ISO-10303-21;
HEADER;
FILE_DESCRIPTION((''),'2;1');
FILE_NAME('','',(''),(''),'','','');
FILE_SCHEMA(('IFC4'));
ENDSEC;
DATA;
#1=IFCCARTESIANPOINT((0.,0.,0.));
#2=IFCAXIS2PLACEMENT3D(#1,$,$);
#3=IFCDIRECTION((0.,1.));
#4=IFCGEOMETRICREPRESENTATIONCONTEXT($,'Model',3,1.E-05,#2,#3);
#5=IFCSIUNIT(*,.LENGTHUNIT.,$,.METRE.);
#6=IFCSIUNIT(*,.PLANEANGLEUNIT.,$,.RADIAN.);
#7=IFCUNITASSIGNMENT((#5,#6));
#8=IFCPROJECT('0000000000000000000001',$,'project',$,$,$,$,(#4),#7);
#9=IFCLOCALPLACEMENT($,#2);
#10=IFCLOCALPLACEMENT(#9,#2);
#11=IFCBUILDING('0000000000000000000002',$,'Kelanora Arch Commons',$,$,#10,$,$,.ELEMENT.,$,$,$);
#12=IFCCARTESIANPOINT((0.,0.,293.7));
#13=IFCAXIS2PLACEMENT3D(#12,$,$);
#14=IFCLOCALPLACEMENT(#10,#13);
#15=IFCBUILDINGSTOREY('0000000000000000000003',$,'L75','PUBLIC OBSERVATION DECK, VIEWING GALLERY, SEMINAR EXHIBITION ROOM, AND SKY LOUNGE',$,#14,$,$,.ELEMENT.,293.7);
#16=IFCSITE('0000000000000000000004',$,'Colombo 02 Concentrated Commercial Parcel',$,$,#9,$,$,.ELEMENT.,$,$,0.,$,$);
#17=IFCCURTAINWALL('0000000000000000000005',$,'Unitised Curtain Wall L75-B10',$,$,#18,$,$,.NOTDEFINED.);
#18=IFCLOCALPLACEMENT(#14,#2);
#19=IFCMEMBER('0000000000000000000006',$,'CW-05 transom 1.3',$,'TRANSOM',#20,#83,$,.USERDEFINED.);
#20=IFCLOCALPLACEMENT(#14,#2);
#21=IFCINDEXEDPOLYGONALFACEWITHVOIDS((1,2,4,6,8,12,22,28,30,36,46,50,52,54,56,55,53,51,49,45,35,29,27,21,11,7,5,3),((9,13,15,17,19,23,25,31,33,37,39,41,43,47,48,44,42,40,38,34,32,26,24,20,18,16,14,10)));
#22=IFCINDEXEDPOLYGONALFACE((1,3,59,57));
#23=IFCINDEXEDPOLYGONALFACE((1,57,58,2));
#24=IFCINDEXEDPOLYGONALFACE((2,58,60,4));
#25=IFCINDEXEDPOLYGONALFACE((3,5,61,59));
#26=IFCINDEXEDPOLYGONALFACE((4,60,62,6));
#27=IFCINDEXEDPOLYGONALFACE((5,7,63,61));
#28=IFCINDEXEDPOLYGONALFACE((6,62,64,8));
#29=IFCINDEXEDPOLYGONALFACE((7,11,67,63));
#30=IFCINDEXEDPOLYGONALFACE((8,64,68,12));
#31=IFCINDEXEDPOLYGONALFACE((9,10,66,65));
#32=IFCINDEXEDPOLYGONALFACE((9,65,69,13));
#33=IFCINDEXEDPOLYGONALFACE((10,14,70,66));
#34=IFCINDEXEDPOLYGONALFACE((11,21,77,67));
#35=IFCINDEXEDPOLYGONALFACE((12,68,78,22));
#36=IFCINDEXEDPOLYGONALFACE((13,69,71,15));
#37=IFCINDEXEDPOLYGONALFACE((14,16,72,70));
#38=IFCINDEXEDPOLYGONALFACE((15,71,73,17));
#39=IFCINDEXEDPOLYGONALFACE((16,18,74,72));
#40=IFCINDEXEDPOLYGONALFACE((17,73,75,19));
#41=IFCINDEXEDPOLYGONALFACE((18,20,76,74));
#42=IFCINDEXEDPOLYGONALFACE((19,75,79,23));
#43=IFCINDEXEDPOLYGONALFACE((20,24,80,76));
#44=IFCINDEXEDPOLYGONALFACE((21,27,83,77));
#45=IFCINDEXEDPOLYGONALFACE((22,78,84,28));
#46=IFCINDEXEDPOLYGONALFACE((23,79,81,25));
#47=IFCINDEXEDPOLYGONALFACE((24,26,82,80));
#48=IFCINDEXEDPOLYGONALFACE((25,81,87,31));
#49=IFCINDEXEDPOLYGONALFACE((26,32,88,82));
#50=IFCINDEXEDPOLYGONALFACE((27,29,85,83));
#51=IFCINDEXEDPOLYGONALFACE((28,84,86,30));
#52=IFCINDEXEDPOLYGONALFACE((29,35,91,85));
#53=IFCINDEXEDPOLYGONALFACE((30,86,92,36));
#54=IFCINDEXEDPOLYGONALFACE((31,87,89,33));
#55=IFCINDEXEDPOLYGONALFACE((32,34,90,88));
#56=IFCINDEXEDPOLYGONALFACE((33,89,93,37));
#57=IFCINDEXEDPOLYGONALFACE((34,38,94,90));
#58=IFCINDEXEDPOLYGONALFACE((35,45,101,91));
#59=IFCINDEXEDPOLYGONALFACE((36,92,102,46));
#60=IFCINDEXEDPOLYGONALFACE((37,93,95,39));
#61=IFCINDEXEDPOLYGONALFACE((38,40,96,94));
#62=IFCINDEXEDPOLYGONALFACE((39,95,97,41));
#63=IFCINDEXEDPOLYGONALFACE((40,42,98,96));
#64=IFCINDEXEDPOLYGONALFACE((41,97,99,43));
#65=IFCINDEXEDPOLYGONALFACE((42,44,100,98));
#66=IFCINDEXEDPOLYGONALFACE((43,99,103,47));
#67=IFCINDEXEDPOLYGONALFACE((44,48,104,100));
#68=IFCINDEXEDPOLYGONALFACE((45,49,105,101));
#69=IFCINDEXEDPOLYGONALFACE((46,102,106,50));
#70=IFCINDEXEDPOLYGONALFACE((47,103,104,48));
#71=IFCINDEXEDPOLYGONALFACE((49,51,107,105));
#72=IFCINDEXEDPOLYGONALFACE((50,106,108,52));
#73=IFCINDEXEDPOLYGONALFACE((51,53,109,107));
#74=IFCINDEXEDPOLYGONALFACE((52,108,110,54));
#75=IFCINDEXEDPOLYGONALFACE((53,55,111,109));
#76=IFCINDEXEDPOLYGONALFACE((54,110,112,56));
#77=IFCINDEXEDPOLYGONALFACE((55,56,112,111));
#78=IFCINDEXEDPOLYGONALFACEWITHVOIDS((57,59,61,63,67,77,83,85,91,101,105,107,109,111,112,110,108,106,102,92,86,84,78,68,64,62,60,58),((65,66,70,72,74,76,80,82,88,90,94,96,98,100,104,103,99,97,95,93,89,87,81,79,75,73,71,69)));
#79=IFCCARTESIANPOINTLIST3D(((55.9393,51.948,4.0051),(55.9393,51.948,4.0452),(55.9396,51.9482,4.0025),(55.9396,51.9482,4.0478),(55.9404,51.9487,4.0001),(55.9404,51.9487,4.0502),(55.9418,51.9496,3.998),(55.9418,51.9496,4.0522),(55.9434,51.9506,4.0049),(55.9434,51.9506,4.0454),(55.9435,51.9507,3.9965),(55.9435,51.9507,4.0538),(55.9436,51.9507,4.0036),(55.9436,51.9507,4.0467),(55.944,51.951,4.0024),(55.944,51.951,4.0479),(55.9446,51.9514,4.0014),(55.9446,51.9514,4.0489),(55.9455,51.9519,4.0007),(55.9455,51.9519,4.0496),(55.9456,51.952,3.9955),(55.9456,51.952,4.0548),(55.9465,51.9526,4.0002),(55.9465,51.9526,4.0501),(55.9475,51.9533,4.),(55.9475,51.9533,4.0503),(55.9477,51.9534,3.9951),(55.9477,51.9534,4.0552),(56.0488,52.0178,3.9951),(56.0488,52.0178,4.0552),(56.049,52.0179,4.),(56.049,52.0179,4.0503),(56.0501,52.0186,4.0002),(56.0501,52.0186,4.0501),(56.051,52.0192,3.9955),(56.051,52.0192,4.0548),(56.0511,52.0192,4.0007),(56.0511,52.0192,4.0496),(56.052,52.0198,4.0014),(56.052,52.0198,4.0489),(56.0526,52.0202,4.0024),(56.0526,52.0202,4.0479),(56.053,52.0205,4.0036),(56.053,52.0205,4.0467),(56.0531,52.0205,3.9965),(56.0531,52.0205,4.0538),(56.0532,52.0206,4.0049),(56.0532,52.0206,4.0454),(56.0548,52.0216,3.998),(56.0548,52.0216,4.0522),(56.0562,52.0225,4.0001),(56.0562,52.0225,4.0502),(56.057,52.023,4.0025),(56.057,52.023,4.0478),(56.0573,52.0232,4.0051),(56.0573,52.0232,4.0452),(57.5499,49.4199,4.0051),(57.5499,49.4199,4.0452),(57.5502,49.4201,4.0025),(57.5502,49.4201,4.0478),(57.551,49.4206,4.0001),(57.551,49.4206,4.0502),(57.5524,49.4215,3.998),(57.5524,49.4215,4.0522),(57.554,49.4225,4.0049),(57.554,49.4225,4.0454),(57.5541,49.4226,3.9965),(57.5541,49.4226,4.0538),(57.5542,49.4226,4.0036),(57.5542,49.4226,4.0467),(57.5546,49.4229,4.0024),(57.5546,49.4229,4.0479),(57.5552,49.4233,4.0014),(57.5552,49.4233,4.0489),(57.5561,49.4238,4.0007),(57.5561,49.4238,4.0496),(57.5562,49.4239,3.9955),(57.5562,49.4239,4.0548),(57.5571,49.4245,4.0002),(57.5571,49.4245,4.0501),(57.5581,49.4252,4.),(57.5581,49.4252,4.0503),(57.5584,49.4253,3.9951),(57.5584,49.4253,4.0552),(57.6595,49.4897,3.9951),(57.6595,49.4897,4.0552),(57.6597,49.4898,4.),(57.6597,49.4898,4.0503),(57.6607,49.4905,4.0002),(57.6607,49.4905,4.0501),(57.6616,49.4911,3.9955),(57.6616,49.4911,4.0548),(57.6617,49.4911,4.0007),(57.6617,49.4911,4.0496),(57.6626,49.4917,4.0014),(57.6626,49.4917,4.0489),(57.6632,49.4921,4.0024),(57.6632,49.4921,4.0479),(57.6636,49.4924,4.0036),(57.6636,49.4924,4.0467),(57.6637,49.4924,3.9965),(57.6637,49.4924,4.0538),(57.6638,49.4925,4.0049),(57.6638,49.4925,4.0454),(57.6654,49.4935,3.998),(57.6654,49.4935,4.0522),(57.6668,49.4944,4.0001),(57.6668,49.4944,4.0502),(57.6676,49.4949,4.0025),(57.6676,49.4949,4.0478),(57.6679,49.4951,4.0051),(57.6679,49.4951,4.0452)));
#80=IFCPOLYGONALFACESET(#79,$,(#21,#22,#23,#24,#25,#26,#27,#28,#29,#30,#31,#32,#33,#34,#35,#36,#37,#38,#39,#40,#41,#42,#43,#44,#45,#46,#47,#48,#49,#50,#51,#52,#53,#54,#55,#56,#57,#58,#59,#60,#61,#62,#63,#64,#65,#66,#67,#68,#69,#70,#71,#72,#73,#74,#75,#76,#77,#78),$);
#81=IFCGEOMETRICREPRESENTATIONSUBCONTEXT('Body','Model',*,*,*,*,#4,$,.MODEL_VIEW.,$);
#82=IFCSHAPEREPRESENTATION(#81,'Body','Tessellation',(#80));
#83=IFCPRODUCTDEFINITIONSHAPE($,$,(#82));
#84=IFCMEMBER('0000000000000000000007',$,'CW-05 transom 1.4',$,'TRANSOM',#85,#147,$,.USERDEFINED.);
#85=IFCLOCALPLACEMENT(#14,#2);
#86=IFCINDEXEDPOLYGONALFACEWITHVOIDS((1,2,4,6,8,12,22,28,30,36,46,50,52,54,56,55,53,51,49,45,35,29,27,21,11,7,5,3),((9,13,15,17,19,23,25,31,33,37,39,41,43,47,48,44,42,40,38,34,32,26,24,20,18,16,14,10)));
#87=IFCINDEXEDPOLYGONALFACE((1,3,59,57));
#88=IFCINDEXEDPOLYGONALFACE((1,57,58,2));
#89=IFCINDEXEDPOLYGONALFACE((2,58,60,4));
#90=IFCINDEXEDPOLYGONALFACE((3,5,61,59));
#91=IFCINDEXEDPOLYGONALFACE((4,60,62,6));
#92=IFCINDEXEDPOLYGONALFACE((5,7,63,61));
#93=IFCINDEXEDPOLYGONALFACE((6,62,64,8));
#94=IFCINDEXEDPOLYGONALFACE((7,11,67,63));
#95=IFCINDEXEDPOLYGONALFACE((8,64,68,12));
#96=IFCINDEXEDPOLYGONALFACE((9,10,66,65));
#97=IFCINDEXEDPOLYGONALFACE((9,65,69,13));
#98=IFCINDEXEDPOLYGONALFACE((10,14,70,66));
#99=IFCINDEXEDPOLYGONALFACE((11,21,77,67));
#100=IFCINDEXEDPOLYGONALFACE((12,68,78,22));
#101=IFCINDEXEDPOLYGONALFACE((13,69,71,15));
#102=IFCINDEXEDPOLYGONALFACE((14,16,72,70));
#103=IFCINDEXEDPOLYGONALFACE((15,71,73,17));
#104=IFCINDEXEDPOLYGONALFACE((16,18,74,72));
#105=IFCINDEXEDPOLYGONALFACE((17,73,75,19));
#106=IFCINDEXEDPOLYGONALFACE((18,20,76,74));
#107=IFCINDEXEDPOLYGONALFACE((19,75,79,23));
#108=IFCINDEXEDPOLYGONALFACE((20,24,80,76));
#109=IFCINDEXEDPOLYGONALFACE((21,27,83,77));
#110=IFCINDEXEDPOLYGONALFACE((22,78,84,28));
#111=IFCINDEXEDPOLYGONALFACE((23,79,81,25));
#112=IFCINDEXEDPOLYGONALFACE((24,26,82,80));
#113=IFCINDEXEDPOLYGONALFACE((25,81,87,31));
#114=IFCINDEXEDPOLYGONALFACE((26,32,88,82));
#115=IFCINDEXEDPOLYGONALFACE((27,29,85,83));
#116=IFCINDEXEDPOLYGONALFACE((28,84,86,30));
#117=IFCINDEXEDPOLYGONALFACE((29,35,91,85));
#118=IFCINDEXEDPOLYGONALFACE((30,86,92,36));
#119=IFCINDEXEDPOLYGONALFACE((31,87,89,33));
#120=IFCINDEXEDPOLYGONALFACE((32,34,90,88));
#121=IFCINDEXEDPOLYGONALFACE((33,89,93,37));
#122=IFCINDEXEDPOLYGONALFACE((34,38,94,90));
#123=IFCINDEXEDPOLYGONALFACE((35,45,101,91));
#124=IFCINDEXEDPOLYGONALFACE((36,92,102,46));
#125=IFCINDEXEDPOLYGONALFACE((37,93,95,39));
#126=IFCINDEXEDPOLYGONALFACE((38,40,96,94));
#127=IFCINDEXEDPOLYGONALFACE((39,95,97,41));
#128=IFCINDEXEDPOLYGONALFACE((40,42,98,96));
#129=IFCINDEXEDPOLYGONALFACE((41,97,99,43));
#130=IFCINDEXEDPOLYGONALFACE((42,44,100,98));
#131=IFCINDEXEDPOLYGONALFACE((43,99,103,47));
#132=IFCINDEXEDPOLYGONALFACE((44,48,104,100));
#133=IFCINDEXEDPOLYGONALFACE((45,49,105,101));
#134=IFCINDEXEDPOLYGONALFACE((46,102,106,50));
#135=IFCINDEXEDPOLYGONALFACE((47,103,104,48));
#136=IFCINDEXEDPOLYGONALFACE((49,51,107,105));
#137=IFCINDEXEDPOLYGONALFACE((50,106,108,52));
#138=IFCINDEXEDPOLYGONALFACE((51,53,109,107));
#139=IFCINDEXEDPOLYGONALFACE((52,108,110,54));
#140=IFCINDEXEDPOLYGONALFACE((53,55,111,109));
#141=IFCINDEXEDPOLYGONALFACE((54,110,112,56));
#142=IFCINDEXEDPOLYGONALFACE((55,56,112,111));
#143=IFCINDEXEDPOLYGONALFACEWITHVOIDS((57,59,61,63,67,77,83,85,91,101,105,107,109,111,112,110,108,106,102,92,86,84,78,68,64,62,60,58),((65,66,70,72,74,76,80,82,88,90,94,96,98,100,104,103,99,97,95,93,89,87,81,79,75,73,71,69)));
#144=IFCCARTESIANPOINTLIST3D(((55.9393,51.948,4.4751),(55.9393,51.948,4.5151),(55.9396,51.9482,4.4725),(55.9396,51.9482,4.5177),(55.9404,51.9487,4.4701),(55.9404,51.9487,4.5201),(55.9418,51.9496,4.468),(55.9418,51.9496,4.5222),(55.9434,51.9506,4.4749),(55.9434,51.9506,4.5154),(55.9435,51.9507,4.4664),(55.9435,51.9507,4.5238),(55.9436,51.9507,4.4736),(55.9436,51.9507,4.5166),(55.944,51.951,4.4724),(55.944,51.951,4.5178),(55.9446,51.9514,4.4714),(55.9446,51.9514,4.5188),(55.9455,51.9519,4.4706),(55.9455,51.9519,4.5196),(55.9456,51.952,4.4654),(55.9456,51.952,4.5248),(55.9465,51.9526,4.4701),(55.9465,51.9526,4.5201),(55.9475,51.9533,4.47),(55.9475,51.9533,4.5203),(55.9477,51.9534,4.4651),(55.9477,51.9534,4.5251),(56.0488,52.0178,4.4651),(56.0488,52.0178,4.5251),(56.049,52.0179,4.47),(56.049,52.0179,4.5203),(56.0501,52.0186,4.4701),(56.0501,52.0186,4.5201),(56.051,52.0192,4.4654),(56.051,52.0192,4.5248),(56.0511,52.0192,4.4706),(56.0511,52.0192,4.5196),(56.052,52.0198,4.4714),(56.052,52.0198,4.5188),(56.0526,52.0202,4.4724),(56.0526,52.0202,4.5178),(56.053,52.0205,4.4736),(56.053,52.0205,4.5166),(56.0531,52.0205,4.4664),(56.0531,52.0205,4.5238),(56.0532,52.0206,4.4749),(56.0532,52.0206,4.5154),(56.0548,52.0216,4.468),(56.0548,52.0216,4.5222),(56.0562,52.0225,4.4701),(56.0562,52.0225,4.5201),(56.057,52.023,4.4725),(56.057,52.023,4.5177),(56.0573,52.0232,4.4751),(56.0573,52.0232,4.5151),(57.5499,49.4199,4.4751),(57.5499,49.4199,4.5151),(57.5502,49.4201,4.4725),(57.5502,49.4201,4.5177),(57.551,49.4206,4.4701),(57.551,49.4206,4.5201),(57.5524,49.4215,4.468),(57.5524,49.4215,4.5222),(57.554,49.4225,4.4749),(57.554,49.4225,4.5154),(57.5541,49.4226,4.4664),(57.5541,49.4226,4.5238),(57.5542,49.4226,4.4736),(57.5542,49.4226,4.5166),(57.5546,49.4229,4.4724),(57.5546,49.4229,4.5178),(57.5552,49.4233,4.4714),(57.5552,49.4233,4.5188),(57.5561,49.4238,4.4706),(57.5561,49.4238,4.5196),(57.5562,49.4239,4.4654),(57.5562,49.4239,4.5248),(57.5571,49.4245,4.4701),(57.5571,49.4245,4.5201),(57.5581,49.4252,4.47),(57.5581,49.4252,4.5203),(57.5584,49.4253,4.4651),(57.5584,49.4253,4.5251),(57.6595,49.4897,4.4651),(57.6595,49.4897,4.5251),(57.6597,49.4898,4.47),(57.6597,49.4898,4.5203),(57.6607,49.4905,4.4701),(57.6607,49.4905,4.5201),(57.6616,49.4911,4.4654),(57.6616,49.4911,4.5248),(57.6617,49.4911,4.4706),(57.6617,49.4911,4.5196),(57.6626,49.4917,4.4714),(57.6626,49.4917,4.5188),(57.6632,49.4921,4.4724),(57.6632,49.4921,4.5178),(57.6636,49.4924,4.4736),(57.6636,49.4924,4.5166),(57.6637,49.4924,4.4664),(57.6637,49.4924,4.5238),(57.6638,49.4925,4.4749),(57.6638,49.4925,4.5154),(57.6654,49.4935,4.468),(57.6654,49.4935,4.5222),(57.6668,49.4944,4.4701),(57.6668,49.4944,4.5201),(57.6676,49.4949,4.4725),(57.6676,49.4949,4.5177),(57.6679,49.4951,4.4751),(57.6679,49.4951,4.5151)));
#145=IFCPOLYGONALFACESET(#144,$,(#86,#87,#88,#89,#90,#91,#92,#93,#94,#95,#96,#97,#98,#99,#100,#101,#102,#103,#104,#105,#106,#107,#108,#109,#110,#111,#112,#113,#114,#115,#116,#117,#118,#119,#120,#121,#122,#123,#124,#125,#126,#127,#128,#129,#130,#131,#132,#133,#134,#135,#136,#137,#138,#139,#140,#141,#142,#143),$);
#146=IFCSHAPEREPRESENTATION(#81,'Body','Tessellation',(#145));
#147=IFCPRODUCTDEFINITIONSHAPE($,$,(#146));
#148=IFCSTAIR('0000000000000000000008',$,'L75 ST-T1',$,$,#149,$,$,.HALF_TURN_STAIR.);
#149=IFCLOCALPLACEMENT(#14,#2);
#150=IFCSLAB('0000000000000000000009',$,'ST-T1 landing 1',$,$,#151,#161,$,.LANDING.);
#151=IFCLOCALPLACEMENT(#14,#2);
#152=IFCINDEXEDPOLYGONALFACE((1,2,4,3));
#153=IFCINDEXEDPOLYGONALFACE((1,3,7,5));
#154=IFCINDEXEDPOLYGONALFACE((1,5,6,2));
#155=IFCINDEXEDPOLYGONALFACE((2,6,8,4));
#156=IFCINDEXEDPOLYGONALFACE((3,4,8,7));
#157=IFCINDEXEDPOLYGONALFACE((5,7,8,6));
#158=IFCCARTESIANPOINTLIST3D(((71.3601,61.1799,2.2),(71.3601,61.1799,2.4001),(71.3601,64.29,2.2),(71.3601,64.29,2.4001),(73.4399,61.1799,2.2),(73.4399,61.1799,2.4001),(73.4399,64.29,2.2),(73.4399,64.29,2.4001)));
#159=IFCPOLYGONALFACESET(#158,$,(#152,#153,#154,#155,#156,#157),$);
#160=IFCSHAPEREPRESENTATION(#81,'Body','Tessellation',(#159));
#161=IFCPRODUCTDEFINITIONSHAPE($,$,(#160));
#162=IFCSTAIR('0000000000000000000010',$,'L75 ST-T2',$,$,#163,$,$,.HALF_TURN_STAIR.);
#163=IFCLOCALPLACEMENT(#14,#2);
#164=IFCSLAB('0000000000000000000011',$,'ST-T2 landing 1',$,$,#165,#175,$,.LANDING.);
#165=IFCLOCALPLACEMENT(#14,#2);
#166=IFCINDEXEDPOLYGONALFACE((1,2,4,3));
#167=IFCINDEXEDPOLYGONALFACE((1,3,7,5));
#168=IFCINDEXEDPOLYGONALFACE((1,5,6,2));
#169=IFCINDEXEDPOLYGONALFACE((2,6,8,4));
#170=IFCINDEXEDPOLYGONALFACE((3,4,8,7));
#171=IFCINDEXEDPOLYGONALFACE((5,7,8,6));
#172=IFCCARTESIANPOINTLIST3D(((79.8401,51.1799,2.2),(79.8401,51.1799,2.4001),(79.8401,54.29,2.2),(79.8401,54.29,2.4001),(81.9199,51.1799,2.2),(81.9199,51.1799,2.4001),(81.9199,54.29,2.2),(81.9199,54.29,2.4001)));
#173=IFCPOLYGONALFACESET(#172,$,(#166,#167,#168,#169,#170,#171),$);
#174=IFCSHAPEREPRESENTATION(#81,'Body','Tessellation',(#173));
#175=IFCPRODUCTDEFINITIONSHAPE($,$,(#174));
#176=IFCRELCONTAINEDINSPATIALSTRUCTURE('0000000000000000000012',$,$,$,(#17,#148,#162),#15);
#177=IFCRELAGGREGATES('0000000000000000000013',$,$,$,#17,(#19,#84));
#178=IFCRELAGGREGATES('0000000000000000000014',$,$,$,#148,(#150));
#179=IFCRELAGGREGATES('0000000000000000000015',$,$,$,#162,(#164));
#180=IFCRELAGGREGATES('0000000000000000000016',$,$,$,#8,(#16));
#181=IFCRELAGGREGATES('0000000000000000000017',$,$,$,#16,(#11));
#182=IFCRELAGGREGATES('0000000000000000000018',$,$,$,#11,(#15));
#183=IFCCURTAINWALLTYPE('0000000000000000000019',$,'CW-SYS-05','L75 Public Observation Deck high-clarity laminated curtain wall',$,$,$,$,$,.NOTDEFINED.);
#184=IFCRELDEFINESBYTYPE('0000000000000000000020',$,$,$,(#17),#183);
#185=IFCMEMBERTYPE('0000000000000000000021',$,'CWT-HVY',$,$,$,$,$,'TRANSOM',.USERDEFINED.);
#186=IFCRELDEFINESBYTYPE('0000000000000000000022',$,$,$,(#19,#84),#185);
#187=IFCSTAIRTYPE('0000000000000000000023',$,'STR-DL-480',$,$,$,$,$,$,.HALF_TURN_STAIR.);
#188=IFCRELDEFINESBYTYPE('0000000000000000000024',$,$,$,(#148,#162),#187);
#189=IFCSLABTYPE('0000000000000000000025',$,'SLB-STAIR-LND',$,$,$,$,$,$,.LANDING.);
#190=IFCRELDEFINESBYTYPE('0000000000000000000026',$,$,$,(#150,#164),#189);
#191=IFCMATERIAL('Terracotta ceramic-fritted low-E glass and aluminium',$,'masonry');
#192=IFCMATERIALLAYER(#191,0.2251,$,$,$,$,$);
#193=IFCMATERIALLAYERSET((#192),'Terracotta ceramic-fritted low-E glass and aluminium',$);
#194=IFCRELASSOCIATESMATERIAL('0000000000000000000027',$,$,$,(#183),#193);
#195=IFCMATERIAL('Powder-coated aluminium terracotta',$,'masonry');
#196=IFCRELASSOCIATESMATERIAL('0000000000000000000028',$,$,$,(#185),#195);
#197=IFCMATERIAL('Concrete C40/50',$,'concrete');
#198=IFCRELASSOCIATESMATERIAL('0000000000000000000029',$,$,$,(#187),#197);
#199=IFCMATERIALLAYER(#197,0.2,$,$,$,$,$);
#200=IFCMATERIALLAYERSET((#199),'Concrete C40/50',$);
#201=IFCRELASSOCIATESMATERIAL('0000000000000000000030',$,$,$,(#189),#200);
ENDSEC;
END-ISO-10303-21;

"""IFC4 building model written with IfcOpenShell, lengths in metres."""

from ifc_helpers import new_model, si_unit, direction, frame, origin, origin_2d, place, context, subcontext, project, spatial, polyline, hollow_rectangle, outline, extrude, material, layer, layer_set, material_profile, profile_set, type_object, element, aggregate, save


model = new_model("IFC4")

# Units and contexts
model_context = context("Model", 3, precision=1e-05, world=origin(), true_north=direction((0.0, 1.0)))
body_context = subcontext(model_context, "Body", "Model", "MODEL_VIEW")
ifc_project = project(units=[si_unit("LENGTHUNIT", "METRE"), si_unit("PLANEANGLEUNIT", "RADIAN")], contexts=[model_context])

# Site, building, storey
site_placement = place(None, origin())
site = spatial("IfcSite", under=ifc_project, at=site_placement, Name="Colombo 02 Concentrated Commercial Parcel", CompositionType="ELEMENT", RefElevation=0.0)
building_placement = place(site_placement, origin())
building = spatial("IfcBuilding", under=site, at=building_placement, Name="Kelanora Arch Commons", CompositionType="ELEMENT")
storey_placement = place(building_placement, frame((0.0, 0.0, 293.7)))
storey = spatial("IfcBuildingStorey", under=building, at=storey_placement, Name="L75", Description="PUBLIC OBSERVATION DECK, VIEWING GALLERY, SEMINAR EXHIBITION ROOM, AND SKY LOUNGE", CompositionType="ELEMENT", Elevation=293.7)

# Shared definitions
ifc_material_1 = material(Name="Terracotta ceramic-fritted low-E glass and aluminium", Category="masonry")
ifc_layer_1 = layer(ifc_material_1, 0.2251)
ifc_layer_set_1 = layer_set([ifc_layer_1], Name="Terracotta ceramic-fritted low-E glass and aluminium")
curtain_wall_type = type_object("IfcCurtainWallType", Name="CW-SYS-05", Description="L75 Public Observation Deck high-clarity laminated curtain wall", PredefinedType="NOTDEFINED", material=ifc_layer_set_1)
ifc_material_2 = material(Name="Powder-coated aluminium terracotta", Category="masonry")

# Curtain wall
curtain_wall_1_placement = place(storey_placement, origin())
curtain_wall_1 = element("IfcCurtainWall", 1, at=curtain_wall_1_placement, inside=storey, type_object=curtain_wall_type, Name="Unitised Curtain Wall L75-B10", PredefinedType="NOTDEFINED")

# Members
ifc_material_profile_1 = material_profile(ifc_material_2, hollow_rectangle(XDim=0.1399, YDim=0.0601, WallThickness=0.0049, InnerFilletRadius=0.0049, OuterFilletRadius=0.01, at=origin_2d()), Name="CWT140x60")
ifc_profile_set_1 = profile_set([ifc_material_profile_1], Name="Powder-coated aluminium terracotta")
member_type_1 = type_object("IfcMemberType", Name="CWT-HVY", ElementType="TRANSOM", PredefinedType="USERDEFINED", material=ifc_profile_set_1)
member_1_placement = place(storey_placement, frame((55.9983, 51.9856, 4.0251), z_axis=(0.537308, -0.843386, 0.0), x_axis=(0.843386, 0.537308, 0.0)))
member_1 = element("IfcMember", 2, at=member_1_placement, type_object=member_type_1, Name="CW-05 transom 1.3", ObjectType="TRANSOM", PredefinedType="USERDEFINED", context=body_context, shape_type="SweptSolid", body=[
    extrude(hollow_rectangle(XDim=0.1399, YDim=0.0601, WallThickness=0.0049, InnerFilletRadius=0.0049, OuterFilletRadius=0.01, at=origin_2d()), origin(), (0.0, 0.0, 1.0), 2.9976),
])
member_2_placement = place(storey_placement, frame((55.9983, 51.9856, 4.4951), z_axis=(0.537308, -0.843386, 0.0), x_axis=(0.843386, 0.537308, 0.0)))
member_2 = element("IfcMember", 3, at=member_2_placement, type_object=member_type_1, Name="CW-05 transom 1.4", ObjectType="TRANSOM", PredefinedType="USERDEFINED", context=body_context, shape_type="SweptSolid", body=[
    extrude(hollow_rectangle(XDim=0.1399, YDim=0.0601, WallThickness=0.0049, InnerFilletRadius=0.0049, OuterFilletRadius=0.01, at=origin_2d()), origin(), (0.0, 0.0, 1.0), 2.9976),
])
aggregate(curtain_wall_1, [member_1, member_2])

# Stairs, slabs
ifc_material_3 = material(Name="Concrete C40/50", Category="concrete")
stair_type = type_object("IfcStairType", Name="STR-DL-480", PredefinedType="HALF_TURN_STAIR", material=ifc_material_3)
stair_1_placement = place(storey_placement, origin())
stair_1 = element("IfcStair", 4, at=stair_1_placement, inside=storey, type_object=stair_type, Name="L75 ST-T1", PredefinedType="HALF_TURN_STAIR")
ifc_layer_2 = layer(ifc_material_3, 0.2)
ifc_layer_set_2 = layer_set([ifc_layer_2], Name="Concrete C40/50")
slab_type_1 = type_object("IfcSlabType", Name="SLB-STAIR-LND", PredefinedType="LANDING", material=ifc_layer_set_2)
slab_1_placement = place(storey_placement, frame((0.0, 0.0, 2.2)))
slab_1 = element("IfcSlab", 5, at=slab_1_placement, type_object=slab_type_1, Name="ST-T1 landing 1", PredefinedType="LANDING", context=body_context, shape_type="SweptSolid", body=[
    extrude(outline(polyline([(71.3601, 61.1799), (73.4399, 61.1799), (73.4399, 64.29), (71.3601, 64.29), (71.3601, 61.1799)])), origin(), (0.0, 0.0, 1.0), 0.2002),
])
aggregate(stair_1, [slab_1])
stair_2_placement = place(storey_placement, origin())
stair_2 = element("IfcStair", 6, at=stair_2_placement, inside=storey, type_object=stair_type, Name="L75 ST-T2", PredefinedType="HALF_TURN_STAIR")
slab_2_placement = place(storey_placement, frame((0.0, 0.0, 2.2)))
slab_2 = element("IfcSlab", 7, at=slab_2_placement, type_object=slab_type_1, Name="ST-T2 landing 1", PredefinedType="LANDING", context=body_context, shape_type="SweptSolid", body=[
    extrude(outline(polyline([(79.8401, 51.1799), (81.9199, 51.1799), (81.9199, 54.29), (79.8401, 54.29), (79.8401, 51.1799)])), origin(), (0.0, 0.0, 1.0), 0.2002),
])
aggregate(stair_2, [slab_2])

save(model, "model.ifc")
